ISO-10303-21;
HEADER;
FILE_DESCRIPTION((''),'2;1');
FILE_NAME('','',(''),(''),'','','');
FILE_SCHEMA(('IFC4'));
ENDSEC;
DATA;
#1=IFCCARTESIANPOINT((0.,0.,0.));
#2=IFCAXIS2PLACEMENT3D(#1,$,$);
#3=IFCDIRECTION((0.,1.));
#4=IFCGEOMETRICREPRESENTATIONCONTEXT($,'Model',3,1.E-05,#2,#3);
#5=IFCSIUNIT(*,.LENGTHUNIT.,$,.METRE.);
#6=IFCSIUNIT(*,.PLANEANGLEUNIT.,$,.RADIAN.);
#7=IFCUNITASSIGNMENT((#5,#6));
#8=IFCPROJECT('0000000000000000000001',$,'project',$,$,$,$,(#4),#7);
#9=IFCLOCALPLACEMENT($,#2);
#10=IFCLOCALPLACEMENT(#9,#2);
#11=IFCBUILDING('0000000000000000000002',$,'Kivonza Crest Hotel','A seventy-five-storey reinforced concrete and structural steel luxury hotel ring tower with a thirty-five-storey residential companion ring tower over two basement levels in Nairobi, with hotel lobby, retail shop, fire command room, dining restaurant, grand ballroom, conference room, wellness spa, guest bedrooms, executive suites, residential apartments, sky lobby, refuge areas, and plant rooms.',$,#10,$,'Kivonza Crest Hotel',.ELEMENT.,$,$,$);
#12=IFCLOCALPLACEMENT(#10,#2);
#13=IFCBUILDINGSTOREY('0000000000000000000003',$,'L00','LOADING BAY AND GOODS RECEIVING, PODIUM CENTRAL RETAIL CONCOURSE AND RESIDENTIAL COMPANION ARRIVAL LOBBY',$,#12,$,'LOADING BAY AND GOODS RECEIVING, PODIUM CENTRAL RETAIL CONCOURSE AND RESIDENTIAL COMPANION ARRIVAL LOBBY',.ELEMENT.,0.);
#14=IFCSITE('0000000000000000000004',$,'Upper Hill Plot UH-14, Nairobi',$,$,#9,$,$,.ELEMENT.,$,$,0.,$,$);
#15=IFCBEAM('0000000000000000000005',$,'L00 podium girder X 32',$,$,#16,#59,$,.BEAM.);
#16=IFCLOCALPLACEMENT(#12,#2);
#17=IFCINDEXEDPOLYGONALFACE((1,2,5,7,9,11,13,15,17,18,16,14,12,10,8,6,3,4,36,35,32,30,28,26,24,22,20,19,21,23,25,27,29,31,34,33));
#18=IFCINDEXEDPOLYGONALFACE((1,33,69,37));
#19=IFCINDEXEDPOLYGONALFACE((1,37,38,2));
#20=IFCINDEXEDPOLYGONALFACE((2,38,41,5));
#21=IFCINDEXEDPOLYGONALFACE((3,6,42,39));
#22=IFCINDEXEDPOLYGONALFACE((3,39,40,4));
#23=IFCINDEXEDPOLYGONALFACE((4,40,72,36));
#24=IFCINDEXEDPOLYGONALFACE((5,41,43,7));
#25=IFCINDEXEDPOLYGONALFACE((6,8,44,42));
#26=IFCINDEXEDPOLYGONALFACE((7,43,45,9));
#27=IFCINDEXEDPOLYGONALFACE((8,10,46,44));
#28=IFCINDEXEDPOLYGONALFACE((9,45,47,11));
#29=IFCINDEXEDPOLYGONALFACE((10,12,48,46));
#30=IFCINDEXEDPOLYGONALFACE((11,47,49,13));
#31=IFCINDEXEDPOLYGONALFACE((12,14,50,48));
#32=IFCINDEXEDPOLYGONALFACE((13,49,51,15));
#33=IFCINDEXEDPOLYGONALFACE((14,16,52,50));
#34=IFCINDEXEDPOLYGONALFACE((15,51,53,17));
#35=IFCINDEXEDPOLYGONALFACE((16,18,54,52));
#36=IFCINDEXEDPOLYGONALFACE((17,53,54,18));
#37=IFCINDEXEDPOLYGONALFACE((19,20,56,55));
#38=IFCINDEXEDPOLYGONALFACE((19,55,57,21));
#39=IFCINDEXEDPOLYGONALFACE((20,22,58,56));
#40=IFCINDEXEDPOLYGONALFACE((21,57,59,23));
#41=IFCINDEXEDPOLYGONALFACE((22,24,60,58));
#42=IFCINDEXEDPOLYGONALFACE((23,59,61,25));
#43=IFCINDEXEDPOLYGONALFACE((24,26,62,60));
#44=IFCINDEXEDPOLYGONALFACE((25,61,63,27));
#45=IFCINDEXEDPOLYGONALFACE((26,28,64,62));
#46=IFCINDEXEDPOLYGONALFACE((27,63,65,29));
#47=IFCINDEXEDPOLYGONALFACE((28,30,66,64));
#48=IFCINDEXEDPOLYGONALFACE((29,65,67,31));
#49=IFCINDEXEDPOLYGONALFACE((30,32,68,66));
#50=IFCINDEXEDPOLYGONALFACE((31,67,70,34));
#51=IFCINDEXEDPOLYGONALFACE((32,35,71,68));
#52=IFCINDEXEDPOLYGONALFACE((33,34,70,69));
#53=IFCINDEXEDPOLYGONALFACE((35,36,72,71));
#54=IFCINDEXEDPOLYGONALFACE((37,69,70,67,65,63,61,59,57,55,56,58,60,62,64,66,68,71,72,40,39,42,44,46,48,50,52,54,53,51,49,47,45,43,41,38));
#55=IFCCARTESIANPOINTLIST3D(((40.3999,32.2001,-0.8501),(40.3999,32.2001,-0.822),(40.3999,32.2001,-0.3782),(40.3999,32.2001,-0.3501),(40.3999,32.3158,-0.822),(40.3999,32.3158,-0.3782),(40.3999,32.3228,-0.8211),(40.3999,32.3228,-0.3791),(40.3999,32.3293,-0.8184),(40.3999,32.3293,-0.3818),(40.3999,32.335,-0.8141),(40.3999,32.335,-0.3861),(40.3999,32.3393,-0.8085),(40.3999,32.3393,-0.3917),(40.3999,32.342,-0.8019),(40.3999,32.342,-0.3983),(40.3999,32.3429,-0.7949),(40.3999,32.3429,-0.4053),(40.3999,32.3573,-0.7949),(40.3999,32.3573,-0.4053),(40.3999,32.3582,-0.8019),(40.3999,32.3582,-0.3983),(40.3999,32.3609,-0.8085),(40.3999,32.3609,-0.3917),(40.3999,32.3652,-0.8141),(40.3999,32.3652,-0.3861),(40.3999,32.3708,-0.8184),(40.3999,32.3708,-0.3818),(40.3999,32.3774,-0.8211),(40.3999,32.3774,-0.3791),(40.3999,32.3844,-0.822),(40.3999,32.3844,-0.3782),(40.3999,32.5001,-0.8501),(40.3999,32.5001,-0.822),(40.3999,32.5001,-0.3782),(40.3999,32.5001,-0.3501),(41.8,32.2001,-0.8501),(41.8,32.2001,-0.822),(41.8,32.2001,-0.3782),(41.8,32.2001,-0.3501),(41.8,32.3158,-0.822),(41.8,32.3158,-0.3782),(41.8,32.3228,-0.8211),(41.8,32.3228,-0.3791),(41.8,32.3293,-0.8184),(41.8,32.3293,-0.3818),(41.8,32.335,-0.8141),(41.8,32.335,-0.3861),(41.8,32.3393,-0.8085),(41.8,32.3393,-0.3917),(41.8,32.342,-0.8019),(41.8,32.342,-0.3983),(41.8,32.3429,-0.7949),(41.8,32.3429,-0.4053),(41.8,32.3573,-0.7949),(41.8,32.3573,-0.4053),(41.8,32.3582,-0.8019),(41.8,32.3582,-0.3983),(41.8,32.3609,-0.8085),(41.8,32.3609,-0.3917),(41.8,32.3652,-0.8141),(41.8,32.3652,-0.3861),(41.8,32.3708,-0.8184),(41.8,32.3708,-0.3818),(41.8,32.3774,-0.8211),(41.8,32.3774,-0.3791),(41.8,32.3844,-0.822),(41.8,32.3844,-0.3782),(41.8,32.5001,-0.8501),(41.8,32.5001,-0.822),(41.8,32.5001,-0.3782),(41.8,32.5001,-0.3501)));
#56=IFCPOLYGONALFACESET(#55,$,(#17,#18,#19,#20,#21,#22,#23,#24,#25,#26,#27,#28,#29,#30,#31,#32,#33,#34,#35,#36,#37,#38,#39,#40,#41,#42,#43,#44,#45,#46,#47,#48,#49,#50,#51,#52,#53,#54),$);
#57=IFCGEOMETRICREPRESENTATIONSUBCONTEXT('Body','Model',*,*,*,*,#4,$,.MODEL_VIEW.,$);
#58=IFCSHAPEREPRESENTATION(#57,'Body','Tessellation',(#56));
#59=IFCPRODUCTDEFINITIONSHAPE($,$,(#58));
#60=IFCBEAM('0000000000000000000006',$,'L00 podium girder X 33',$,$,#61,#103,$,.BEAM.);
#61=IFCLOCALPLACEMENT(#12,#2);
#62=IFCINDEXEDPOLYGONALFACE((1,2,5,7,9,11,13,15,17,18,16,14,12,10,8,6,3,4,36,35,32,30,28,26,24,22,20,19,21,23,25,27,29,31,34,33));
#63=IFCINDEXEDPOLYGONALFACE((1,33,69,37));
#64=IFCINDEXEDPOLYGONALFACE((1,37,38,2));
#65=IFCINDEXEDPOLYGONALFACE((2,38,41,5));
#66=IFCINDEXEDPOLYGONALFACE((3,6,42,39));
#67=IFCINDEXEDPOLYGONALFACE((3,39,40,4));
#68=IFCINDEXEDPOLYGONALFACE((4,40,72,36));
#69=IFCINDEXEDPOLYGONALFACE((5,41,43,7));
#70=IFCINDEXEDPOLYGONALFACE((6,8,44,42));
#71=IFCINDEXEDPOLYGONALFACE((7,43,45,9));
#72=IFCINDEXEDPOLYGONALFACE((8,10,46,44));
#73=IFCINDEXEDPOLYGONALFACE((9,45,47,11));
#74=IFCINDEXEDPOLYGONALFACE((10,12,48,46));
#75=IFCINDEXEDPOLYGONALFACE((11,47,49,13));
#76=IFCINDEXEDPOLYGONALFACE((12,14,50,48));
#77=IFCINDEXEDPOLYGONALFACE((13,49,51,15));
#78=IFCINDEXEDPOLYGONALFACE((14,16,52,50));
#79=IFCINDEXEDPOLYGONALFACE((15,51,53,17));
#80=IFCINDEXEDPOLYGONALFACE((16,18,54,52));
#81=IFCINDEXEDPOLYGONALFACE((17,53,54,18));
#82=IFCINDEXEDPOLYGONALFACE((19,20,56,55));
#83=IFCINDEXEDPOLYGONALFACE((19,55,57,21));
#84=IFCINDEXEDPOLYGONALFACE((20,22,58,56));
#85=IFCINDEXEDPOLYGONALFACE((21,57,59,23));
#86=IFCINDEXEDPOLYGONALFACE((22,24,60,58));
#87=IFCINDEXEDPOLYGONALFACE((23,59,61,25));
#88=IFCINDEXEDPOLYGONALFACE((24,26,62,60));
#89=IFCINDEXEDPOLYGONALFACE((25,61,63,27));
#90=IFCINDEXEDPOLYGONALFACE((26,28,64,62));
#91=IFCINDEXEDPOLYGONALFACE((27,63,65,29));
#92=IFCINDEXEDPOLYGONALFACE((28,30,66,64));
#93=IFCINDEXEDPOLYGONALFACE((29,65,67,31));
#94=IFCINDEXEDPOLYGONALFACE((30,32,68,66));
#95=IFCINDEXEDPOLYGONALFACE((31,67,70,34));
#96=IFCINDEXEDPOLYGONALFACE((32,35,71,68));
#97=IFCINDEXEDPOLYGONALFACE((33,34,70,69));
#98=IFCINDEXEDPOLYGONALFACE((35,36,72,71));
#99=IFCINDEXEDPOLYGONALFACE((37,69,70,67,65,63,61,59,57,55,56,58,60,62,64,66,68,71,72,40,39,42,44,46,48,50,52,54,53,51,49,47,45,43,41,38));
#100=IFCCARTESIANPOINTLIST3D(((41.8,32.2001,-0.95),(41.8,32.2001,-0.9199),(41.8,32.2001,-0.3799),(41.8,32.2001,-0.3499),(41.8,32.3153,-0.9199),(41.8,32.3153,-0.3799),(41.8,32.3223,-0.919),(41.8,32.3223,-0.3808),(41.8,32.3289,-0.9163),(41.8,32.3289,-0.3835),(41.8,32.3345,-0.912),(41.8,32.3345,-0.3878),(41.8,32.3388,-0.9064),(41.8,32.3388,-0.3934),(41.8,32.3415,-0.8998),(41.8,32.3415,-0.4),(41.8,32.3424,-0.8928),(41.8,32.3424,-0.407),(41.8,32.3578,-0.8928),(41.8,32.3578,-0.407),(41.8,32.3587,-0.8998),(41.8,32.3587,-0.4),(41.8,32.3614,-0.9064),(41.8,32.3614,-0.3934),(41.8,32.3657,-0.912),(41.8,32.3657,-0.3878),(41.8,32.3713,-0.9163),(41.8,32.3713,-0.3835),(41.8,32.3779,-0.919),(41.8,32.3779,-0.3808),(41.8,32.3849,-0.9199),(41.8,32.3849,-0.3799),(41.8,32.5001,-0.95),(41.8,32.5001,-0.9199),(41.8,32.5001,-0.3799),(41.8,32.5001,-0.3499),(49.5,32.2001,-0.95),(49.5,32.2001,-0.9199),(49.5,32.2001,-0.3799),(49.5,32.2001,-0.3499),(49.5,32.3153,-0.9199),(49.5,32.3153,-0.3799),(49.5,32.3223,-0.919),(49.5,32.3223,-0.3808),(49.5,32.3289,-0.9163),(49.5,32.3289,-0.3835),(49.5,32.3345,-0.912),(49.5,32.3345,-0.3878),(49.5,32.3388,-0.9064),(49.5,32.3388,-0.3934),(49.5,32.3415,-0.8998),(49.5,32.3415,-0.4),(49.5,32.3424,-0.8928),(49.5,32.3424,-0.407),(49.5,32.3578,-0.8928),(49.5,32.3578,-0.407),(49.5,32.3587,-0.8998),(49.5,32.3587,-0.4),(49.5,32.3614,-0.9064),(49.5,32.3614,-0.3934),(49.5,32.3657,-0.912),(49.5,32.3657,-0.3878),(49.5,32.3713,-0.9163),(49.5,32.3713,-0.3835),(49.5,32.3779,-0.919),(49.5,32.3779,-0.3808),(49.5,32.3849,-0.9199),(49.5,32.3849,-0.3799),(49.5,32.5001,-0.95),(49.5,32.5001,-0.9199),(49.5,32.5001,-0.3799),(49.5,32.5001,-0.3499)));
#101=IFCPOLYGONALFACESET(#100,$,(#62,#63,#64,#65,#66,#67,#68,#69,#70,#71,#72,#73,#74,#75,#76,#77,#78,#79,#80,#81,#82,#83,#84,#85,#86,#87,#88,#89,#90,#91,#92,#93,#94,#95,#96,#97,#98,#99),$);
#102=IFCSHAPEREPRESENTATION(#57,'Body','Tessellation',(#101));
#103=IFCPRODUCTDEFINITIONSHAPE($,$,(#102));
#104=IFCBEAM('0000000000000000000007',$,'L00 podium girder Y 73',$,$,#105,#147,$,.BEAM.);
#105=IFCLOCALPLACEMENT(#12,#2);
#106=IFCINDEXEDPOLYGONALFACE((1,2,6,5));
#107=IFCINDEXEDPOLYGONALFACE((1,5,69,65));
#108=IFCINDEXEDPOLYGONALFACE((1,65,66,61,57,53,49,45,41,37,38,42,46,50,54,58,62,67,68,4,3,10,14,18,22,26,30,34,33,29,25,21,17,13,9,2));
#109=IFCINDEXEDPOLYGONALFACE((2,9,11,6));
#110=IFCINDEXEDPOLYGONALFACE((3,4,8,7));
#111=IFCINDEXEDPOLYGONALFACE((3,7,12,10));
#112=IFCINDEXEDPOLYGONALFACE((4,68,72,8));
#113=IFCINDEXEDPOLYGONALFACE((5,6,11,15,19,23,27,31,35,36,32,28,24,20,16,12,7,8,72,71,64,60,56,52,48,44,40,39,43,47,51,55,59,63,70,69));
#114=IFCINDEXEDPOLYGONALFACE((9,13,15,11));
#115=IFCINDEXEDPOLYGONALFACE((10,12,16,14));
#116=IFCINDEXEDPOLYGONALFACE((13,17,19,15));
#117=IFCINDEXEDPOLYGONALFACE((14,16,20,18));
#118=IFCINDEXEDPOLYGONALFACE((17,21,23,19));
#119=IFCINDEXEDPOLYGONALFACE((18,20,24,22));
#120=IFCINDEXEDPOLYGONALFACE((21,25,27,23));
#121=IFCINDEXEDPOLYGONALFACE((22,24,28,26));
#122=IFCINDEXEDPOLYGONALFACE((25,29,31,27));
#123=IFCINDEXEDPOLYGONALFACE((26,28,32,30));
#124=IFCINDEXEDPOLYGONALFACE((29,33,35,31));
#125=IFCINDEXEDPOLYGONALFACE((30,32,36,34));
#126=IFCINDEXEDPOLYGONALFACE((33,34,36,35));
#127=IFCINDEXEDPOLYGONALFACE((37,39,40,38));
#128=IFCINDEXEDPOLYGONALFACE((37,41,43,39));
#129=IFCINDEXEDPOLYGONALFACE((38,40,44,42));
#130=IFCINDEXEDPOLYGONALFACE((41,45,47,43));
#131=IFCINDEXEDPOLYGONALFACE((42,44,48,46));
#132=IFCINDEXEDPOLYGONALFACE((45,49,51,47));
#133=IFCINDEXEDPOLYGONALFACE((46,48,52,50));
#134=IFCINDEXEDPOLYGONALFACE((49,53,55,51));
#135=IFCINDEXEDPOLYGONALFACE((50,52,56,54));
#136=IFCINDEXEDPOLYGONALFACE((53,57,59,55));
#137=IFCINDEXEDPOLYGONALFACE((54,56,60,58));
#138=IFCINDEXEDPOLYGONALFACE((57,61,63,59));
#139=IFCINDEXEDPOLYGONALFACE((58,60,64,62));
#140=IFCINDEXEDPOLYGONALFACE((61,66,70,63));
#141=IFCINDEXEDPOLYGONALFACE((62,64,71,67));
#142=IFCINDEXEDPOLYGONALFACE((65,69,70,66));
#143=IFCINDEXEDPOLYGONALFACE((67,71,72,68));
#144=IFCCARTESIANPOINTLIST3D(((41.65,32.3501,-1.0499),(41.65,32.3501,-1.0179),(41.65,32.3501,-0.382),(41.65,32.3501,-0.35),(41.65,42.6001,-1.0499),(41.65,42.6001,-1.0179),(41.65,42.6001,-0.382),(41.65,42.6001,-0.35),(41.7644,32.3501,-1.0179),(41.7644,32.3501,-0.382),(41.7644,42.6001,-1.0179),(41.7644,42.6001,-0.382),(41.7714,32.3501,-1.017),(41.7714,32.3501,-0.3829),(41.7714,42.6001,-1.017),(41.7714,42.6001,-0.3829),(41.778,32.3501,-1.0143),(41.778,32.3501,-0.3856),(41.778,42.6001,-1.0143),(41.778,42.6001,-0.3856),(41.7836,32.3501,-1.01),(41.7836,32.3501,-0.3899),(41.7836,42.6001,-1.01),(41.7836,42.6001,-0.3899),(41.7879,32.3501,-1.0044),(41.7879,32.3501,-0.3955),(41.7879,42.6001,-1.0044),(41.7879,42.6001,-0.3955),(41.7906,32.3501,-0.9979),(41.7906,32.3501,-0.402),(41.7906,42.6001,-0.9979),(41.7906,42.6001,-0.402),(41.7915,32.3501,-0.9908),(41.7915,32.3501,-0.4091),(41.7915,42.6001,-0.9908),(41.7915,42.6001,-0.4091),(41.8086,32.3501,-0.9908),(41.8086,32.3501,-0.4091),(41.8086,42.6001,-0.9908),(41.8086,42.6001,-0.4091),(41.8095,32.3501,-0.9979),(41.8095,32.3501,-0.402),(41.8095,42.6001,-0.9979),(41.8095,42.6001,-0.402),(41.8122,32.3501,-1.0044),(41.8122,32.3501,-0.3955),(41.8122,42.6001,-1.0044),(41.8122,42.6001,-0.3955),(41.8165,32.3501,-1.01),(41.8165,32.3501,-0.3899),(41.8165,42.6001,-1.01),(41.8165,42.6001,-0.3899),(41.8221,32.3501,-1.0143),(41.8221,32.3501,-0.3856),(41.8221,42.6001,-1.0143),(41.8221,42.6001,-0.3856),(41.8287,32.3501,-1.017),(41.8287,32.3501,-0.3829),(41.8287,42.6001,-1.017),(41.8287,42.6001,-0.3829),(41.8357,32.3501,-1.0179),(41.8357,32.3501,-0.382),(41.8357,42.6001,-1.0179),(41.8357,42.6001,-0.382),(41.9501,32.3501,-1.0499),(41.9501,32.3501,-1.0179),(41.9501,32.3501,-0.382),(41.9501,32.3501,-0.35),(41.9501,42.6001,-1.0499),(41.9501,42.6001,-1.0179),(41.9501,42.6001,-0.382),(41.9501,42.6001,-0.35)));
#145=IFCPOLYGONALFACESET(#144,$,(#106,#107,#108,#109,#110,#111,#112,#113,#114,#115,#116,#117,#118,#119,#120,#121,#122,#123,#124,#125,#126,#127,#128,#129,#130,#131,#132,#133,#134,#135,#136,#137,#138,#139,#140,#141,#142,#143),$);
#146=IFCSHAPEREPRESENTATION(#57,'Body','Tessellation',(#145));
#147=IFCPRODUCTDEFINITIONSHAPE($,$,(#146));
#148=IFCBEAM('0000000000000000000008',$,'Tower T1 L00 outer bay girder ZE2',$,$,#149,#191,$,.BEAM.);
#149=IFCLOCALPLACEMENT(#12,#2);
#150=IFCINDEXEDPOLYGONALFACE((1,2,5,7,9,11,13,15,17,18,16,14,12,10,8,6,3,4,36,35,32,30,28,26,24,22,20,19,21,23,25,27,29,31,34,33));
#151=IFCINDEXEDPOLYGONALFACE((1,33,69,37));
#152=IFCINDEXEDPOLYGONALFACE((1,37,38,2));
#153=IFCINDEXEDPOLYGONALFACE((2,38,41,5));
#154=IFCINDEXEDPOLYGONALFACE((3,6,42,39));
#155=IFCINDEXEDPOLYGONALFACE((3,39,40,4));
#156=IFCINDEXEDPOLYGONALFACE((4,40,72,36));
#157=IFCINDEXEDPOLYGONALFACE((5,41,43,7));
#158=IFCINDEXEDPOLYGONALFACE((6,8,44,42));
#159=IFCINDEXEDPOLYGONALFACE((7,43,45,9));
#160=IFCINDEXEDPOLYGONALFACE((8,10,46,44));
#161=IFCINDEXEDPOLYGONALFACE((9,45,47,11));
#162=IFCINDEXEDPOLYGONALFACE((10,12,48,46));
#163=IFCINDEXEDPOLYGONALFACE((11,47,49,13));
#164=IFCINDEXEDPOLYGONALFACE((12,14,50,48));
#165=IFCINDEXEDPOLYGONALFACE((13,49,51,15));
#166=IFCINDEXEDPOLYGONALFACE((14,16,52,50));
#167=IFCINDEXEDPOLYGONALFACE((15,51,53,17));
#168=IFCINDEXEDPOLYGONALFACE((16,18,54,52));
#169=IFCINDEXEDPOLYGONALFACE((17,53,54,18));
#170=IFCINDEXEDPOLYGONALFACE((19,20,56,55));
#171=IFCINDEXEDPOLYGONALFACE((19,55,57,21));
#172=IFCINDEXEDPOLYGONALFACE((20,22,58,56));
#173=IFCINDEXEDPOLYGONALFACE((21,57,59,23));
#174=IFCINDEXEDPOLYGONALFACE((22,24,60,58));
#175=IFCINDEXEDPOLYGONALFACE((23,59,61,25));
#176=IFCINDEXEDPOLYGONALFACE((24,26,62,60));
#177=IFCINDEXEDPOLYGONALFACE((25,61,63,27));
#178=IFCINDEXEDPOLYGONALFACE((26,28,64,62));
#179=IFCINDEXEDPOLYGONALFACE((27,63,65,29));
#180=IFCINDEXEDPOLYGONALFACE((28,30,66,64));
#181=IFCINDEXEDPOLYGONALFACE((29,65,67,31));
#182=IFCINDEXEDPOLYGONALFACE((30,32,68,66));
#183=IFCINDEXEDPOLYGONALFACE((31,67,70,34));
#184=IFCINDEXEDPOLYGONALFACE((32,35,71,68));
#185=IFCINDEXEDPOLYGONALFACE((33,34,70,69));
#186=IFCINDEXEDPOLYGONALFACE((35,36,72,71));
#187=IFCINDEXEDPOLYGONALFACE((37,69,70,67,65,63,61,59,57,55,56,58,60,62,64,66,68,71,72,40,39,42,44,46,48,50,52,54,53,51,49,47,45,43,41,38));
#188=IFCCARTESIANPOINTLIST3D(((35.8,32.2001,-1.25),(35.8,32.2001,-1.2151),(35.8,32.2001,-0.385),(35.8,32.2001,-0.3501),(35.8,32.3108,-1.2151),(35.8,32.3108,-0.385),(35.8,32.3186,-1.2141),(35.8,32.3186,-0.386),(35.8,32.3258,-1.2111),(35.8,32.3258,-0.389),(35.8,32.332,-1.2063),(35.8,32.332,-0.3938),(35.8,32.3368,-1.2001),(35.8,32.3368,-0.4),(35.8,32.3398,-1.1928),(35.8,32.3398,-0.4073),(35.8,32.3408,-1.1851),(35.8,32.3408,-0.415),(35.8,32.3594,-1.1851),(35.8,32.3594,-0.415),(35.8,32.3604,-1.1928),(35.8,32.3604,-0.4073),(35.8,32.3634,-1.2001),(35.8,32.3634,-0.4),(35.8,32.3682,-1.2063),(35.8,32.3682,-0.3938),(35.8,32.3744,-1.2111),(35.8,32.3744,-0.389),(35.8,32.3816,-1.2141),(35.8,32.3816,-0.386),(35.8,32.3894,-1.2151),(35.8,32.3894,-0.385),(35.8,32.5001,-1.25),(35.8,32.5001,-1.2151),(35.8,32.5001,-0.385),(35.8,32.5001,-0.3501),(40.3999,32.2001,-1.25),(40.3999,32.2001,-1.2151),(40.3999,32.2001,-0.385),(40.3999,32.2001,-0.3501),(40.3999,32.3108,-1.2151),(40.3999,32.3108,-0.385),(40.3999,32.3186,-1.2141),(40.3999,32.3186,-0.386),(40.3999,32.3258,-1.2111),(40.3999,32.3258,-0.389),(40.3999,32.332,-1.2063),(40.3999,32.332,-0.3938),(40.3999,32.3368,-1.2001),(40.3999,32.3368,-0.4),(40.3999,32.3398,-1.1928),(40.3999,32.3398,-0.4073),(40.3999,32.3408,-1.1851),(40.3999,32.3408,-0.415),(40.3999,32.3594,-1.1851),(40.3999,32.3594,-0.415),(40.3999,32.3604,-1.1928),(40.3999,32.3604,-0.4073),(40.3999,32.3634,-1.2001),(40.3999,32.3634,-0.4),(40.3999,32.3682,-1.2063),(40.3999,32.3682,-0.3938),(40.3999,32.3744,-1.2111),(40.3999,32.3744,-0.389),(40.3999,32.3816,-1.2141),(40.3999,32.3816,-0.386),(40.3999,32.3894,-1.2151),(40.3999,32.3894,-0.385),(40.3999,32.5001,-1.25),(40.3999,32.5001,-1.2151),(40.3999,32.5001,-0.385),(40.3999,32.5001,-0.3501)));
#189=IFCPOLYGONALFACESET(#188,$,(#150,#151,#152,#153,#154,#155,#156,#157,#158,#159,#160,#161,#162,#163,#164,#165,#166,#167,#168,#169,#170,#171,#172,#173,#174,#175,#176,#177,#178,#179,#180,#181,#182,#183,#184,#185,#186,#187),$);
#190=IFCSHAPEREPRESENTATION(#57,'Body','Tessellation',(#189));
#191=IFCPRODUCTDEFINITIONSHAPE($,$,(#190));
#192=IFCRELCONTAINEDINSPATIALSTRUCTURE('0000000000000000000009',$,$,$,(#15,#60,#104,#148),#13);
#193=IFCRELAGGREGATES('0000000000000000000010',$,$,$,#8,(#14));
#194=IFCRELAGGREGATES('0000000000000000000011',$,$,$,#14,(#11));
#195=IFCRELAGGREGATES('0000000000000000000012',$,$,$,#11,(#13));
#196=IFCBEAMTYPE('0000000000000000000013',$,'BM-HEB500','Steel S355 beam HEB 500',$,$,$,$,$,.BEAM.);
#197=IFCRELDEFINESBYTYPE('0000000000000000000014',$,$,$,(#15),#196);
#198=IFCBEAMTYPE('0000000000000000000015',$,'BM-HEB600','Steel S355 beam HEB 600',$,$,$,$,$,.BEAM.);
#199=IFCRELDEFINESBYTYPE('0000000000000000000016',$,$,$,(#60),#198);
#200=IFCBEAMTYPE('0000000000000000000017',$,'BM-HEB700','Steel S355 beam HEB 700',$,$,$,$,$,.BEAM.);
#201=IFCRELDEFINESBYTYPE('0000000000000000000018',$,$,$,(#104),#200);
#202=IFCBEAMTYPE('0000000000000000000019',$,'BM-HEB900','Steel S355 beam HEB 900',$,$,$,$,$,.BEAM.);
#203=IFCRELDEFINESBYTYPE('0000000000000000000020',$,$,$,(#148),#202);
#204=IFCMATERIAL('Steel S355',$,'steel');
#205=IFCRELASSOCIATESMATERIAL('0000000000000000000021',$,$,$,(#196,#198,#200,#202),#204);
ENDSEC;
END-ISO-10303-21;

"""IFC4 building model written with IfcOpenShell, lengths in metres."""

from ifc_helpers import new_model, si_unit, direction, frame, origin, origin_2d, place, context, subcontext, project, spatial, i_section, extrude, material, material_profile, profile_set, type_object, element, save


model = new_model("IFC4")

# Units and contexts
model_context = context("Model", 3, precision=1e-05, world=origin(), true_north=direction((0.0, 1.0)))
body_context = subcontext(model_context, "Body", "Model", "MODEL_VIEW")
ifc_project = project(units=[si_unit("LENGTHUNIT", "METRE"), si_unit("PLANEANGLEUNIT", "RADIAN")], contexts=[model_context])

# Site, building, storey
site_placement = place(None, origin())
site = spatial("IfcSite", under=ifc_project, at=site_placement, Name="Upper Hill Plot UH-14, Nairobi", CompositionType="ELEMENT", RefElevation=0.0)
building_placement = place(site_placement, origin())
building = spatial("IfcBuilding", under=site, at=building_placement, Name="Kivonza Crest Hotel", Description="A seventy-five-storey reinforced concrete and structural steel luxury hotel ring tower with a thirty-five-storey residential companion ring tower over two basement levels in Nairobi, with hotel lobby, retail shop, fire command room, dining restaurant, grand ballroom, conference room, wellness spa, guest bedrooms, executive suites, residential apartments, sky lobby, refuge areas, and plant rooms.", LongName="Kivonza Crest Hotel", CompositionType="ELEMENT")
storey_placement = place(building_placement, origin())
storey = spatial("IfcBuildingStorey", under=building, at=storey_placement, Name="L00", Description="LOADING BAY AND GOODS RECEIVING, PODIUM CENTRAL RETAIL CONCOURSE AND RESIDENTIAL COMPANION ARRIVAL LOBBY", LongName="LOADING BAY AND GOODS RECEIVING, PODIUM CENTRAL RETAIL CONCOURSE AND RESIDENTIAL COMPANION ARRIVAL LOBBY", CompositionType="ELEMENT", Elevation=0.0)

# Beams
ifc_material_1 = material(Name="Steel S355", Category="steel")
ifc_material_profile_1 = material_profile(ifc_material_1, i_section(OverallWidth=0.3, OverallDepth=0.5, WebThickness=0.0144, FlangeThickness=0.0281, FilletRadius=0.0271, at=origin_2d()), Name="HEB 500")
ifc_profile_set_1 = profile_set([ifc_material_profile_1], Name="Steel S355")
beam_type_1 = type_object("IfcBeamType", Name="BM-HEB500", Description="Steel S355 beam HEB 500", PredefinedType="BEAM", material=ifc_profile_set_1)
beam_1_placement = place(storey_placement, frame((40.3999, 32.3501, -0.6001), z_axis=(1.0, 0.0, 0.0), x_axis=(0.0, 1.0, 0.0)))
element("IfcBeam", 1, at=beam_1_placement, inside=storey, type_object=beam_type_1, Name="L00 podium girder X 32", PredefinedType="BEAM", context=body_context, shape_type="SweptSolid", body=[
    extrude(i_section(OverallWidth=0.3, OverallDepth=0.5, WebThickness=0.0144, FlangeThickness=0.0281, FilletRadius=0.0271, at=origin_2d()), origin(), (0.0, 0.0, 1.0), 1.4001),
])
ifc_material_profile_2 = material_profile(ifc_material_1, i_section(OverallWidth=0.3, OverallDepth=0.6001, WebThickness=0.0154, FlangeThickness=0.03, FilletRadius=0.0271, at=origin_2d()), Name="HEB 600")
ifc_profile_set_2 = profile_set([ifc_material_profile_2], Name="Steel S355")
beam_type_2 = type_object("IfcBeamType", Name="BM-HEB600", Description="Steel S355 beam HEB 600", PredefinedType="BEAM", material=ifc_profile_set_2)
beam_2_placement = place(storey_placement, frame((41.8, 32.3501, -0.6499), z_axis=(1.0, 0.0, 0.0), x_axis=(0.0, 1.0, 0.0)))
element("IfcBeam", 2, at=beam_2_placement, inside=storey, type_object=beam_type_2, Name="L00 podium girder X 33", PredefinedType="BEAM", context=body_context, shape_type="SweptSolid", body=[
    extrude(i_section(OverallWidth=0.3, OverallDepth=0.6001, WebThickness=0.0154, FlangeThickness=0.03, FilletRadius=0.0271, at=origin_2d()), origin(), (0.0, 0.0, 1.0), 7.7),
])
ifc_material_profile_3 = material_profile(ifc_material_1, i_section(OverallWidth=0.3, OverallDepth=0.7, WebThickness=0.0171, FlangeThickness=0.032, FilletRadius=0.0271, at=origin_2d()), Name="HEB 700")
ifc_profile_set_3 = profile_set([ifc_material_profile_3], Name="Steel S355")
beam_type_3 = type_object("IfcBeamType", Name="BM-HEB700", Description="Steel S355 beam HEB 700", PredefinedType="BEAM", material=ifc_profile_set_3)
beam_3_placement = place(storey_placement, frame((41.8, 32.3501, -0.7), z_axis=(0.0, 1.0, 0.0), x_axis=(-1.0, 0.0, 0.0)))
element("IfcBeam", 3, at=beam_3_placement, inside=storey, type_object=beam_type_3, Name="L00 podium girder Y 73", PredefinedType="BEAM", context=body_context, shape_type="SweptSolid", body=[
    extrude(i_section(OverallWidth=0.3, OverallDepth=0.7, WebThickness=0.0171, FlangeThickness=0.032, FilletRadius=0.0271, at=origin_2d()), origin(), (0.0, 0.0, 1.0), 10.25),
])
ifc_material_profile_4 = material_profile(ifc_material_1, i_section(OverallWidth=0.3, OverallDepth=0.8999, WebThickness=0.0186, FlangeThickness=0.0349, FilletRadius=0.03, at=origin_2d()), Name="HEB 900")
ifc_profile_set_4 = profile_set([ifc_material_profile_4], Name="Steel S355")
beam_type_4 = type_object("IfcBeamType", Name="BM-HEB900", Description="Steel S355 beam HEB 900", PredefinedType="BEAM", material=ifc_profile_set_4)
beam_4_placement = place(storey_placement, frame((40.3999, 32.3501, -0.8), z_axis=(-1.0, 0.0, 0.0), x_axis=(0.0, -1.0, 0.0)))
element("IfcBeam", 4, at=beam_4_placement, inside=storey, type_object=beam_type_4, Name="Tower T1 L00 outer bay girder ZE2", PredefinedType="BEAM", context=body_context, shape_type="SweptSolid", body=[
    extrude(i_section(OverallWidth=0.3, OverallDepth=0.8999, WebThickness=0.0186, FlangeThickness=0.0349, FilletRadius=0.03, at=origin_2d()), origin(), (0.0, 0.0, 1.0), 4.5999),
])

save(model, "model.ifc")
